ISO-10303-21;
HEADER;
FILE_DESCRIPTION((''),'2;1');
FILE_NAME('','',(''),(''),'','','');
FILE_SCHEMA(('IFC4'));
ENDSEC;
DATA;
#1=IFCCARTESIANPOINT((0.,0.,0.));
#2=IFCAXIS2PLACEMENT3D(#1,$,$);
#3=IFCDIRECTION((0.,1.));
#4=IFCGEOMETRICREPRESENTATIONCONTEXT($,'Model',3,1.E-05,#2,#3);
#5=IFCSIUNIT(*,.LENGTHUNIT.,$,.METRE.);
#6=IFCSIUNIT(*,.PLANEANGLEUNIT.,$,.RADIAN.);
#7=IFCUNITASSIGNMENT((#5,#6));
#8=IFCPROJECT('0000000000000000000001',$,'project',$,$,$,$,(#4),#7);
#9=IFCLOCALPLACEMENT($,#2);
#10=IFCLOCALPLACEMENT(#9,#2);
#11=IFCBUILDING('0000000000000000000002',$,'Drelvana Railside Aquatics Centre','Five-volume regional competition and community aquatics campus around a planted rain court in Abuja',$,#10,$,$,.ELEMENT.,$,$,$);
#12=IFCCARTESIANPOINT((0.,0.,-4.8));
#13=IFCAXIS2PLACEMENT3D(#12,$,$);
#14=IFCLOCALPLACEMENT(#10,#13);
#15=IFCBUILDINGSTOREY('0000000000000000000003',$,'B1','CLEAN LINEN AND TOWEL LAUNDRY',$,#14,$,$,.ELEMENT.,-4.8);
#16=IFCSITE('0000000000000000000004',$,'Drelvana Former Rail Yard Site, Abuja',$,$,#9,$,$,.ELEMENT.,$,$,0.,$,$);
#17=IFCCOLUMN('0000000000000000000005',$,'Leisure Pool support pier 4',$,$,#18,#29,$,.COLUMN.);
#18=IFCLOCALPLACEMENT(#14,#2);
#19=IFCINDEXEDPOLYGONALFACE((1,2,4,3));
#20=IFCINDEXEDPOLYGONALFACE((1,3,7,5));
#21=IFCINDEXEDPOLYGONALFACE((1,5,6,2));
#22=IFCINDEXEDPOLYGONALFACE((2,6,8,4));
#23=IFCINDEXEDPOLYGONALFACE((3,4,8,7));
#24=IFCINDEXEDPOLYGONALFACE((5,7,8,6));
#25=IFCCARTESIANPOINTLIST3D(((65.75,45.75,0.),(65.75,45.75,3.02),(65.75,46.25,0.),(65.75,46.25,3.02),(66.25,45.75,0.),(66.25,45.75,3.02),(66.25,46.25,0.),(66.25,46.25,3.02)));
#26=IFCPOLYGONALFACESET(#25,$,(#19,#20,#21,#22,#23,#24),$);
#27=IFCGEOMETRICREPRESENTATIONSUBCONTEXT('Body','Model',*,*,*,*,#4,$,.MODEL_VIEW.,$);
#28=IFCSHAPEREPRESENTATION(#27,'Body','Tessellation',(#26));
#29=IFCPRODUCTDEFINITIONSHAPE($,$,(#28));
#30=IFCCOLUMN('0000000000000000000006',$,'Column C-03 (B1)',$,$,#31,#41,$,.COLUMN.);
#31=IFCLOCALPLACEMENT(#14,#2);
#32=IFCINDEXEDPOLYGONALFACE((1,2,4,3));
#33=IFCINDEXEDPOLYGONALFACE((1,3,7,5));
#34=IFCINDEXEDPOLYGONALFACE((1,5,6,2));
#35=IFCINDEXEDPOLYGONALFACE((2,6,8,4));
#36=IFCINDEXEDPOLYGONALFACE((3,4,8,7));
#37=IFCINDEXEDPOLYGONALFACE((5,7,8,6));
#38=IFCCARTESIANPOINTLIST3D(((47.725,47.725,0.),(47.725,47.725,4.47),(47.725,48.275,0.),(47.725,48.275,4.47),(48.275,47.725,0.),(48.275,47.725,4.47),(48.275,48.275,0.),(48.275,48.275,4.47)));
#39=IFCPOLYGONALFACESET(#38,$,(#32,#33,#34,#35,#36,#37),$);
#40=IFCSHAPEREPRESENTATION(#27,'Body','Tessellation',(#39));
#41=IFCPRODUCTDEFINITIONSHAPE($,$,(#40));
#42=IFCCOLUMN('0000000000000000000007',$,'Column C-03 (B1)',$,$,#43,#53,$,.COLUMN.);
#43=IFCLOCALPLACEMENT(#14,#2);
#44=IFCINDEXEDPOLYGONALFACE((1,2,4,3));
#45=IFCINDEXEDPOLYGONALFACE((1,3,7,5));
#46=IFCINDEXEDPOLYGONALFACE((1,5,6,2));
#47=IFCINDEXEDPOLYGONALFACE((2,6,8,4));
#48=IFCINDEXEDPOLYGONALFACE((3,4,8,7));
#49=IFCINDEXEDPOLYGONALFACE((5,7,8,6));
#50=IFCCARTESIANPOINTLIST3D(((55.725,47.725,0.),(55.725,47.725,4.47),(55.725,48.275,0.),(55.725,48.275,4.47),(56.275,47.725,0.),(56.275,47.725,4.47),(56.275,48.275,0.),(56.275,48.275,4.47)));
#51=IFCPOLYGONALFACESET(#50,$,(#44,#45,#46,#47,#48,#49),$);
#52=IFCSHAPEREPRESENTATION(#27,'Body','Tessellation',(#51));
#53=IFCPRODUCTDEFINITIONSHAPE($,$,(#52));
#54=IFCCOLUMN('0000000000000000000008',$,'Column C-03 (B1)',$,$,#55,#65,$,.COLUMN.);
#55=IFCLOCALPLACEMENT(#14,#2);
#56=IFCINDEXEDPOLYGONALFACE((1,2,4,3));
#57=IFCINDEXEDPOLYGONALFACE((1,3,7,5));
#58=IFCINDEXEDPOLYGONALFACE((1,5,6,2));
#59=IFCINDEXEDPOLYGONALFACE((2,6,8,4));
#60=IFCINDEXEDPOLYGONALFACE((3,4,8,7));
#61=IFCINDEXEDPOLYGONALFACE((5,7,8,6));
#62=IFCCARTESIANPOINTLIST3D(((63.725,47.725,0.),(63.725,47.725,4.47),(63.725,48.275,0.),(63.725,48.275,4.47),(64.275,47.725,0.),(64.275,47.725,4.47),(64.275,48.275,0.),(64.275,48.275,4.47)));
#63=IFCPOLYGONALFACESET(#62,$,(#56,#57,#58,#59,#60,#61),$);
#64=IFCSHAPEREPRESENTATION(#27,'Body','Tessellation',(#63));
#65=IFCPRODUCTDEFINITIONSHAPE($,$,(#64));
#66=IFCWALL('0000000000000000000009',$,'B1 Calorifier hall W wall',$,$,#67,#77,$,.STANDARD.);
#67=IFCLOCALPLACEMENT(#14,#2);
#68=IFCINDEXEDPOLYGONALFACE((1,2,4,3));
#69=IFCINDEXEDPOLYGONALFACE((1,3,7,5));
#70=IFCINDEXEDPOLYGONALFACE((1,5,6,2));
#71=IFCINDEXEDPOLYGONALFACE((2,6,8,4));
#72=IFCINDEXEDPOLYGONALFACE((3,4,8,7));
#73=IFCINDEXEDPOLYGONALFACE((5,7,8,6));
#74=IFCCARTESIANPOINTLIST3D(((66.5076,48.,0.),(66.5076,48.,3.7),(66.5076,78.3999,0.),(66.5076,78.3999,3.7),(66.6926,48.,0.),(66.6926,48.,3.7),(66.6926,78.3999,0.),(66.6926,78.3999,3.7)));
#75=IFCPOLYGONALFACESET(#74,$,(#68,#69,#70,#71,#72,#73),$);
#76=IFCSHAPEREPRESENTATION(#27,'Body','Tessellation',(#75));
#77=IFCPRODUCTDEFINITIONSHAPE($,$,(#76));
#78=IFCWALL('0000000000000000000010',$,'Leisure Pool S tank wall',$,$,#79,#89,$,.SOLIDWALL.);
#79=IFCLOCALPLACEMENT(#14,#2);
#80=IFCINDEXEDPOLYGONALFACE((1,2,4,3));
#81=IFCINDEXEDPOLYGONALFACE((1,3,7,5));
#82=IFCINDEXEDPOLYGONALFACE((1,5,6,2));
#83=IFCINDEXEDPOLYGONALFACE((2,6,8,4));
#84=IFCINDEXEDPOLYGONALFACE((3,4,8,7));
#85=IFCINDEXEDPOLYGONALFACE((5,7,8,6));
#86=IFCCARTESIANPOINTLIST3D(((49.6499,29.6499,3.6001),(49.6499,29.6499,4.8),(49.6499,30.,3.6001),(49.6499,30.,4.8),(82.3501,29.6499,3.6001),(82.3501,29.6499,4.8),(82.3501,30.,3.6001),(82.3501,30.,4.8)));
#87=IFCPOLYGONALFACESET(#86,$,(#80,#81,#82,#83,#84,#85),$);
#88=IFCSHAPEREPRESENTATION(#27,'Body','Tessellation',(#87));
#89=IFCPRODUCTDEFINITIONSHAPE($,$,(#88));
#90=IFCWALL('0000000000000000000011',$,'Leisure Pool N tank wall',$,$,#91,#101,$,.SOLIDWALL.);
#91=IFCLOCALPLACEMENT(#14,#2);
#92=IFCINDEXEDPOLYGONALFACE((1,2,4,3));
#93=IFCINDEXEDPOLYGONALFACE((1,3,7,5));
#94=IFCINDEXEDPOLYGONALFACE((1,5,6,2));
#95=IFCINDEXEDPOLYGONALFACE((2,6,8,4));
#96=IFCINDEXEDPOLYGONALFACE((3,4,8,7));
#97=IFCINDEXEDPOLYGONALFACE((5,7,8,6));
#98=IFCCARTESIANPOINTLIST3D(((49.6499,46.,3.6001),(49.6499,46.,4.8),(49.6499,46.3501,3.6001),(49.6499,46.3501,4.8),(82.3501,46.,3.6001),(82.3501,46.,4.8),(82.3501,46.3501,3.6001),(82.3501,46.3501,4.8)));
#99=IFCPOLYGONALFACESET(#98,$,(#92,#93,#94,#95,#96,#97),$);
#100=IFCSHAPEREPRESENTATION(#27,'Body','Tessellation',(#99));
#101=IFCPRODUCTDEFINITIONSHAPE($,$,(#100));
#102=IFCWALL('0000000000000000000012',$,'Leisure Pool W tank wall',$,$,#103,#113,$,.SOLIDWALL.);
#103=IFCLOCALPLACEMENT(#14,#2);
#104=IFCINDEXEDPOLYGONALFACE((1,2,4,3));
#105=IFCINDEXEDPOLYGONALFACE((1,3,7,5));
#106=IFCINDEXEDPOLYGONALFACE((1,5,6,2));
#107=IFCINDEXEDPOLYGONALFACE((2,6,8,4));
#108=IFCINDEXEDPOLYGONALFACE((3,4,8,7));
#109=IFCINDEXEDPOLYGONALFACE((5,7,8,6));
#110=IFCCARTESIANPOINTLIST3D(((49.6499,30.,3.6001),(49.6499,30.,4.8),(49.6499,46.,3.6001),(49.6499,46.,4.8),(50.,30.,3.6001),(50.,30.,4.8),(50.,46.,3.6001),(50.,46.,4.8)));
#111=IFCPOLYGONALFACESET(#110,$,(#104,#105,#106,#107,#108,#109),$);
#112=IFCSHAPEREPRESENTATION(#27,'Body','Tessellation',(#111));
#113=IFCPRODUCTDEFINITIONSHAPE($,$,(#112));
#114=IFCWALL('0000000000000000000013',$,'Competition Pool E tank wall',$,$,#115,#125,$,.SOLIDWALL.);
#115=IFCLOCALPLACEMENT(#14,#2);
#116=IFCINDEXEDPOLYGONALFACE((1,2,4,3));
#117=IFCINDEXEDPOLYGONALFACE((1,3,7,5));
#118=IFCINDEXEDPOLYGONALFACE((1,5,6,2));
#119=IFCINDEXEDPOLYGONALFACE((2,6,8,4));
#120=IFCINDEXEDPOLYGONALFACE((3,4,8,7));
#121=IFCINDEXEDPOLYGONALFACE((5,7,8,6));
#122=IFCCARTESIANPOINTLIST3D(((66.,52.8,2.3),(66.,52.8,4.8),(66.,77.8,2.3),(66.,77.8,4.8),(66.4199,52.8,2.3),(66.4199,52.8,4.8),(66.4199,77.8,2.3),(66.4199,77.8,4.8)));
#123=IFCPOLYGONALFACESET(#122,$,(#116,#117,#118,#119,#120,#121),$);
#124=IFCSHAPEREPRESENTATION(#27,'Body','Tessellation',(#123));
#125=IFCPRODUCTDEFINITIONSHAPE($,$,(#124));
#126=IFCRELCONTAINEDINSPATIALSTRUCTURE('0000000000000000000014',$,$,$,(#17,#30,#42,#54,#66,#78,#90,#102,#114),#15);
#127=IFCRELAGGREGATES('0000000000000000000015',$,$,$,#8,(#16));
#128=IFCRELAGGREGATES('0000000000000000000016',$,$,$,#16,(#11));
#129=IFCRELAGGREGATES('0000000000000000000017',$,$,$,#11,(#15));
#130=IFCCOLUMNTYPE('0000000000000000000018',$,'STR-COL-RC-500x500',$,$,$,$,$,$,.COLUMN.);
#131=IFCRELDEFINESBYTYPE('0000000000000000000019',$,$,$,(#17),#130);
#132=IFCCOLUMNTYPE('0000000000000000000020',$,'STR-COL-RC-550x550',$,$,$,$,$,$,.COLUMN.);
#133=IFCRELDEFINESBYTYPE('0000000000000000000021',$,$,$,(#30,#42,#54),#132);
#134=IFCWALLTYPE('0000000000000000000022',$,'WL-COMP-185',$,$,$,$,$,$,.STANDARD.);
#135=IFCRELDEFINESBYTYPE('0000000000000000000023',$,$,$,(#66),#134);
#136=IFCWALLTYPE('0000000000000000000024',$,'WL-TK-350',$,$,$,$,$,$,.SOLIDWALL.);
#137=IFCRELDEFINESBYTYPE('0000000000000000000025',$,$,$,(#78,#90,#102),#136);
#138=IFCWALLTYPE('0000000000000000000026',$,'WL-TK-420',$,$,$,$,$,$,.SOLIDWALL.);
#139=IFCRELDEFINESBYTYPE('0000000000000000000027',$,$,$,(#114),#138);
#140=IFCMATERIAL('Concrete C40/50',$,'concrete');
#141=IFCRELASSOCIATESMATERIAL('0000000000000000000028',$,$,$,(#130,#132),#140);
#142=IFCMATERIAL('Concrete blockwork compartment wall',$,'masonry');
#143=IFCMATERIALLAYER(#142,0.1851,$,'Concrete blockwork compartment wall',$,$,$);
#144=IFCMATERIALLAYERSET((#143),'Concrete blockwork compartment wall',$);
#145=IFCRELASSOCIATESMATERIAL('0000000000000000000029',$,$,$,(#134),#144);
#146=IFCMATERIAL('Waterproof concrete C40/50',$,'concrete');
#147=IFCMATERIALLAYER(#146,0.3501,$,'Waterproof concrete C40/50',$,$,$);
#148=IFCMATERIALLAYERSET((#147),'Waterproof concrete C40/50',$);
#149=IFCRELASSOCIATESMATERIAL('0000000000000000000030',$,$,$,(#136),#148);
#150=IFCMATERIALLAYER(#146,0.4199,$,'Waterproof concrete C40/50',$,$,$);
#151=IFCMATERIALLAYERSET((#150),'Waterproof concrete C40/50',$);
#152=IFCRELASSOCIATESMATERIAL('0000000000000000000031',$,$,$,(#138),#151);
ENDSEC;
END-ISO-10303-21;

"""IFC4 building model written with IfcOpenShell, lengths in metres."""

from ifc_helpers import new_model, si_unit, direction, frame, frame_2d, origin, origin_2d, place, context, subcontext, project, spatial, rectangle, extrude, material, layer, layer_set, material_profile, profile_set, type_object, element, save


model = new_model("IFC4")

# Units and contexts
model_context = context("Model", 3, precision=1e-05, world=origin(), true_north=direction((0.0, 1.0)))
body_context = subcontext(model_context, "Body", "Model", "MODEL_VIEW")
ifc_project = project(units=[si_unit("LENGTHUNIT", "METRE"), si_unit("PLANEANGLEUNIT", "RADIAN")], contexts=[model_context])

# Site, building, storey
site_placement = place(None, origin())
site = spatial("IfcSite", under=ifc_project, at=site_placement, Name="Drelvana Former Rail Yard Site, Abuja", CompositionType="ELEMENT", RefElevation=0.0)
building_placement = place(site_placement, origin())
building = spatial("IfcBuilding", under=site, at=building_placement, Name="Drelvana Railside Aquatics Centre", Description="Five-volume regional competition and community aquatics campus around a planted rain court in Abuja", CompositionType="ELEMENT")
storey_placement = place(building_placement, frame((0.0, 0.0, -4.8)))
storey = spatial("IfcBuildingStorey", under=building, at=storey_placement, Name="B1", Description="CLEAN LINEN AND TOWEL LAUNDRY", CompositionType="ELEMENT", Elevation=-4.8)

# Columns
ifc_material_1 = material(Name="Concrete C40/50", Category="concrete")
ifc_material_profile_1 = material_profile(ifc_material_1, rectangle(XDim=0.5, YDim=0.5, at=origin_2d()), Name="RC 500x500")
ifc_profile_set_1 = profile_set([ifc_material_profile_1], Name="Concrete C40/50")
column_type_1 = type_object("IfcColumnType", Name="STR-COL-RC-500x500", PredefinedType="COLUMN", material=ifc_profile_set_1)
for number, where, z_axis, x_axis, name in (
    (1, (66.0, 46.0, 0.0), (0.0, 0.0, 1.0), (1.0, 0.0, 0.0), "Leisure Pool support pier 4"),
):
    element("IfcColumn", number, at=place(storey_placement, frame(where, z_axis=z_axis, x_axis=x_axis)), inside=storey, type_object=column_type_1, Name=name, PredefinedType="COLUMN", context=body_context, shape_type="SweptSolid", body=[
        extrude(rectangle(XDim=0.5, YDim=0.5, at=origin_2d()), origin(), (0.0, 0.0, 1.0), 3.02),
    ])
ifc_material_profile_2 = material_profile(ifc_material_1, rectangle(XDim=0.55, YDim=0.55, at=origin_2d()), Name="RC 550x550")
ifc_profile_set_2 = profile_set([ifc_material_profile_2], Name="Concrete C40/50")
column_type_2 = type_object("IfcColumnType", Name="STR-COL-RC-550x550", PredefinedType="COLUMN", material=ifc_profile_set_2)
for number, where, z_axis, x_axis, name in (
    (2, (48.0, 48.0, 0.0), (0.0, 0.0, 1.0), (1.0, 0.0, 0.0), "Column C-03 (B1)"),
    (3, (56.0, 48.0, 0.0), (0.0, 0.0, 1.0), (1.0, 0.0, 0.0), "Column C-03 (B1)"),
    (4, (64.0, 48.0, 0.0), (0.0, 0.0, 1.0), (1.0, 0.0, 0.0), "Column C-03 (B1)"),
):
    element("IfcColumn", number, at=place(storey_placement, frame(where, z_axis=z_axis, x_axis=x_axis)), inside=storey, type_object=column_type_2, Name=name, PredefinedType="COLUMN", context=body_context, shape_type="SweptSolid", body=[
        extrude(rectangle(XDim=0.55, YDim=0.55, at=origin_2d()), origin(), (0.0, 0.0, 1.0), 4.47),
    ])

# Walls
ifc_material_2 = material(Name="Concrete blockwork compartment wall", Category="masonry")
ifc_layer_1 = layer(ifc_material_2, 0.1851, Name="Concrete blockwork compartment wall")
ifc_layer_set_1 = layer_set([ifc_layer_1], Name="Concrete blockwork compartment wall")
wall_type_1 = type_object("IfcWallType", Name="WL-COMP-185", PredefinedType="STANDARD", material=ifc_layer_set_1)
wall_1_placement = place(storey_placement, frame((66.6001, 48.0, 0.0), z_axis=(0.0, 0.0, 1.0), x_axis=(0.0, 1.0, 0.0)))
element("IfcWall", 5, at=wall_1_placement, inside=storey, type_object=wall_type_1, Name="B1 Calorifier hall W wall", PredefinedType="STANDARD", context=body_context, shape_type="SweptSolid", body=[
    extrude(rectangle(XDim=30.3999, YDim=0.1851, at=frame_2d((15.2, 0.0))), origin(), (0.0, 0.0, 1.0), 3.7),
])
ifc_material_3 = material(Name="Waterproof concrete C40/50", Category="concrete")
ifc_layer_2 = layer(ifc_material_3, 0.3501, Name="Waterproof concrete C40/50")
ifc_layer_set_2 = layer_set([ifc_layer_2], Name="Waterproof concrete C40/50")
wall_type_2 = type_object("IfcWallType", Name="WL-TK-350", PredefinedType="SOLIDWALL", material=ifc_layer_set_2)
for number, where, z_axis, x_axis, name in (
    (6, (49.6499, 29.825, 3.6001), (0.0, 0.0, 1.0), (1.0, 0.0, 0.0), "Leisure Pool S tank wall"),
    (7, (49.6499, 46.175, 3.6001), (0.0, 0.0, 1.0), (1.0, 0.0, 0.0), "Leisure Pool N tank wall"),
):
    element("IfcWall", number, at=place(storey_placement, frame(where, z_axis=z_axis, x_axis=x_axis)), inside=storey, type_object=wall_type_2, Name=name, PredefinedType="SOLIDWALL", context=body_context, shape_type="SweptSolid", body=[
        extrude(rectangle(XDim=32.7002, YDim=0.3501, at=frame_2d((16.3501, 0.0))), origin(), (0.0, 0.0, 1.0), 1.2),
    ])
wall_2_placement = place(storey_placement, frame((49.825, 30.0, 3.6001), z_axis=(0.0, 0.0, 1.0), x_axis=(0.0, 1.0, 0.0)))
element("IfcWall", 8, at=wall_2_placement, inside=storey, type_object=wall_type_2, Name="Leisure Pool W tank wall", PredefinedType="SOLIDWALL", context=body_context, shape_type="SweptSolid", body=[
    extrude(rectangle(XDim=16.0, YDim=0.3501, at=frame_2d((8.0, 0.0))), origin(), (0.0, 0.0, 1.0), 1.2),
])
ifc_layer_3 = layer(ifc_material_3, 0.4199, Name="Waterproof concrete C40/50")
ifc_layer_set_3 = layer_set([ifc_layer_3], Name="Waterproof concrete C40/50")
wall_type_3 = type_object("IfcWallType", Name="WL-TK-420", PredefinedType="SOLIDWALL", material=ifc_layer_set_3)
wall_3_placement = place(storey_placement, frame((66.21, 52.8, 2.3), z_axis=(0.0, 0.0, 1.0), x_axis=(0.0, 1.0, 0.0)))
element("IfcWall", 9, at=wall_3_placement, inside=storey, type_object=wall_type_3, Name="Competition Pool E tank wall", PredefinedType="SOLIDWALL", context=body_context, shape_type="SweptSolid", body=[
    extrude(rectangle(XDim=25.0, YDim=0.4199, at=frame_2d((12.5, 0.0))), origin(), (0.0, 0.0, 1.0), 2.5),
])

save(model, "model.ifc")
